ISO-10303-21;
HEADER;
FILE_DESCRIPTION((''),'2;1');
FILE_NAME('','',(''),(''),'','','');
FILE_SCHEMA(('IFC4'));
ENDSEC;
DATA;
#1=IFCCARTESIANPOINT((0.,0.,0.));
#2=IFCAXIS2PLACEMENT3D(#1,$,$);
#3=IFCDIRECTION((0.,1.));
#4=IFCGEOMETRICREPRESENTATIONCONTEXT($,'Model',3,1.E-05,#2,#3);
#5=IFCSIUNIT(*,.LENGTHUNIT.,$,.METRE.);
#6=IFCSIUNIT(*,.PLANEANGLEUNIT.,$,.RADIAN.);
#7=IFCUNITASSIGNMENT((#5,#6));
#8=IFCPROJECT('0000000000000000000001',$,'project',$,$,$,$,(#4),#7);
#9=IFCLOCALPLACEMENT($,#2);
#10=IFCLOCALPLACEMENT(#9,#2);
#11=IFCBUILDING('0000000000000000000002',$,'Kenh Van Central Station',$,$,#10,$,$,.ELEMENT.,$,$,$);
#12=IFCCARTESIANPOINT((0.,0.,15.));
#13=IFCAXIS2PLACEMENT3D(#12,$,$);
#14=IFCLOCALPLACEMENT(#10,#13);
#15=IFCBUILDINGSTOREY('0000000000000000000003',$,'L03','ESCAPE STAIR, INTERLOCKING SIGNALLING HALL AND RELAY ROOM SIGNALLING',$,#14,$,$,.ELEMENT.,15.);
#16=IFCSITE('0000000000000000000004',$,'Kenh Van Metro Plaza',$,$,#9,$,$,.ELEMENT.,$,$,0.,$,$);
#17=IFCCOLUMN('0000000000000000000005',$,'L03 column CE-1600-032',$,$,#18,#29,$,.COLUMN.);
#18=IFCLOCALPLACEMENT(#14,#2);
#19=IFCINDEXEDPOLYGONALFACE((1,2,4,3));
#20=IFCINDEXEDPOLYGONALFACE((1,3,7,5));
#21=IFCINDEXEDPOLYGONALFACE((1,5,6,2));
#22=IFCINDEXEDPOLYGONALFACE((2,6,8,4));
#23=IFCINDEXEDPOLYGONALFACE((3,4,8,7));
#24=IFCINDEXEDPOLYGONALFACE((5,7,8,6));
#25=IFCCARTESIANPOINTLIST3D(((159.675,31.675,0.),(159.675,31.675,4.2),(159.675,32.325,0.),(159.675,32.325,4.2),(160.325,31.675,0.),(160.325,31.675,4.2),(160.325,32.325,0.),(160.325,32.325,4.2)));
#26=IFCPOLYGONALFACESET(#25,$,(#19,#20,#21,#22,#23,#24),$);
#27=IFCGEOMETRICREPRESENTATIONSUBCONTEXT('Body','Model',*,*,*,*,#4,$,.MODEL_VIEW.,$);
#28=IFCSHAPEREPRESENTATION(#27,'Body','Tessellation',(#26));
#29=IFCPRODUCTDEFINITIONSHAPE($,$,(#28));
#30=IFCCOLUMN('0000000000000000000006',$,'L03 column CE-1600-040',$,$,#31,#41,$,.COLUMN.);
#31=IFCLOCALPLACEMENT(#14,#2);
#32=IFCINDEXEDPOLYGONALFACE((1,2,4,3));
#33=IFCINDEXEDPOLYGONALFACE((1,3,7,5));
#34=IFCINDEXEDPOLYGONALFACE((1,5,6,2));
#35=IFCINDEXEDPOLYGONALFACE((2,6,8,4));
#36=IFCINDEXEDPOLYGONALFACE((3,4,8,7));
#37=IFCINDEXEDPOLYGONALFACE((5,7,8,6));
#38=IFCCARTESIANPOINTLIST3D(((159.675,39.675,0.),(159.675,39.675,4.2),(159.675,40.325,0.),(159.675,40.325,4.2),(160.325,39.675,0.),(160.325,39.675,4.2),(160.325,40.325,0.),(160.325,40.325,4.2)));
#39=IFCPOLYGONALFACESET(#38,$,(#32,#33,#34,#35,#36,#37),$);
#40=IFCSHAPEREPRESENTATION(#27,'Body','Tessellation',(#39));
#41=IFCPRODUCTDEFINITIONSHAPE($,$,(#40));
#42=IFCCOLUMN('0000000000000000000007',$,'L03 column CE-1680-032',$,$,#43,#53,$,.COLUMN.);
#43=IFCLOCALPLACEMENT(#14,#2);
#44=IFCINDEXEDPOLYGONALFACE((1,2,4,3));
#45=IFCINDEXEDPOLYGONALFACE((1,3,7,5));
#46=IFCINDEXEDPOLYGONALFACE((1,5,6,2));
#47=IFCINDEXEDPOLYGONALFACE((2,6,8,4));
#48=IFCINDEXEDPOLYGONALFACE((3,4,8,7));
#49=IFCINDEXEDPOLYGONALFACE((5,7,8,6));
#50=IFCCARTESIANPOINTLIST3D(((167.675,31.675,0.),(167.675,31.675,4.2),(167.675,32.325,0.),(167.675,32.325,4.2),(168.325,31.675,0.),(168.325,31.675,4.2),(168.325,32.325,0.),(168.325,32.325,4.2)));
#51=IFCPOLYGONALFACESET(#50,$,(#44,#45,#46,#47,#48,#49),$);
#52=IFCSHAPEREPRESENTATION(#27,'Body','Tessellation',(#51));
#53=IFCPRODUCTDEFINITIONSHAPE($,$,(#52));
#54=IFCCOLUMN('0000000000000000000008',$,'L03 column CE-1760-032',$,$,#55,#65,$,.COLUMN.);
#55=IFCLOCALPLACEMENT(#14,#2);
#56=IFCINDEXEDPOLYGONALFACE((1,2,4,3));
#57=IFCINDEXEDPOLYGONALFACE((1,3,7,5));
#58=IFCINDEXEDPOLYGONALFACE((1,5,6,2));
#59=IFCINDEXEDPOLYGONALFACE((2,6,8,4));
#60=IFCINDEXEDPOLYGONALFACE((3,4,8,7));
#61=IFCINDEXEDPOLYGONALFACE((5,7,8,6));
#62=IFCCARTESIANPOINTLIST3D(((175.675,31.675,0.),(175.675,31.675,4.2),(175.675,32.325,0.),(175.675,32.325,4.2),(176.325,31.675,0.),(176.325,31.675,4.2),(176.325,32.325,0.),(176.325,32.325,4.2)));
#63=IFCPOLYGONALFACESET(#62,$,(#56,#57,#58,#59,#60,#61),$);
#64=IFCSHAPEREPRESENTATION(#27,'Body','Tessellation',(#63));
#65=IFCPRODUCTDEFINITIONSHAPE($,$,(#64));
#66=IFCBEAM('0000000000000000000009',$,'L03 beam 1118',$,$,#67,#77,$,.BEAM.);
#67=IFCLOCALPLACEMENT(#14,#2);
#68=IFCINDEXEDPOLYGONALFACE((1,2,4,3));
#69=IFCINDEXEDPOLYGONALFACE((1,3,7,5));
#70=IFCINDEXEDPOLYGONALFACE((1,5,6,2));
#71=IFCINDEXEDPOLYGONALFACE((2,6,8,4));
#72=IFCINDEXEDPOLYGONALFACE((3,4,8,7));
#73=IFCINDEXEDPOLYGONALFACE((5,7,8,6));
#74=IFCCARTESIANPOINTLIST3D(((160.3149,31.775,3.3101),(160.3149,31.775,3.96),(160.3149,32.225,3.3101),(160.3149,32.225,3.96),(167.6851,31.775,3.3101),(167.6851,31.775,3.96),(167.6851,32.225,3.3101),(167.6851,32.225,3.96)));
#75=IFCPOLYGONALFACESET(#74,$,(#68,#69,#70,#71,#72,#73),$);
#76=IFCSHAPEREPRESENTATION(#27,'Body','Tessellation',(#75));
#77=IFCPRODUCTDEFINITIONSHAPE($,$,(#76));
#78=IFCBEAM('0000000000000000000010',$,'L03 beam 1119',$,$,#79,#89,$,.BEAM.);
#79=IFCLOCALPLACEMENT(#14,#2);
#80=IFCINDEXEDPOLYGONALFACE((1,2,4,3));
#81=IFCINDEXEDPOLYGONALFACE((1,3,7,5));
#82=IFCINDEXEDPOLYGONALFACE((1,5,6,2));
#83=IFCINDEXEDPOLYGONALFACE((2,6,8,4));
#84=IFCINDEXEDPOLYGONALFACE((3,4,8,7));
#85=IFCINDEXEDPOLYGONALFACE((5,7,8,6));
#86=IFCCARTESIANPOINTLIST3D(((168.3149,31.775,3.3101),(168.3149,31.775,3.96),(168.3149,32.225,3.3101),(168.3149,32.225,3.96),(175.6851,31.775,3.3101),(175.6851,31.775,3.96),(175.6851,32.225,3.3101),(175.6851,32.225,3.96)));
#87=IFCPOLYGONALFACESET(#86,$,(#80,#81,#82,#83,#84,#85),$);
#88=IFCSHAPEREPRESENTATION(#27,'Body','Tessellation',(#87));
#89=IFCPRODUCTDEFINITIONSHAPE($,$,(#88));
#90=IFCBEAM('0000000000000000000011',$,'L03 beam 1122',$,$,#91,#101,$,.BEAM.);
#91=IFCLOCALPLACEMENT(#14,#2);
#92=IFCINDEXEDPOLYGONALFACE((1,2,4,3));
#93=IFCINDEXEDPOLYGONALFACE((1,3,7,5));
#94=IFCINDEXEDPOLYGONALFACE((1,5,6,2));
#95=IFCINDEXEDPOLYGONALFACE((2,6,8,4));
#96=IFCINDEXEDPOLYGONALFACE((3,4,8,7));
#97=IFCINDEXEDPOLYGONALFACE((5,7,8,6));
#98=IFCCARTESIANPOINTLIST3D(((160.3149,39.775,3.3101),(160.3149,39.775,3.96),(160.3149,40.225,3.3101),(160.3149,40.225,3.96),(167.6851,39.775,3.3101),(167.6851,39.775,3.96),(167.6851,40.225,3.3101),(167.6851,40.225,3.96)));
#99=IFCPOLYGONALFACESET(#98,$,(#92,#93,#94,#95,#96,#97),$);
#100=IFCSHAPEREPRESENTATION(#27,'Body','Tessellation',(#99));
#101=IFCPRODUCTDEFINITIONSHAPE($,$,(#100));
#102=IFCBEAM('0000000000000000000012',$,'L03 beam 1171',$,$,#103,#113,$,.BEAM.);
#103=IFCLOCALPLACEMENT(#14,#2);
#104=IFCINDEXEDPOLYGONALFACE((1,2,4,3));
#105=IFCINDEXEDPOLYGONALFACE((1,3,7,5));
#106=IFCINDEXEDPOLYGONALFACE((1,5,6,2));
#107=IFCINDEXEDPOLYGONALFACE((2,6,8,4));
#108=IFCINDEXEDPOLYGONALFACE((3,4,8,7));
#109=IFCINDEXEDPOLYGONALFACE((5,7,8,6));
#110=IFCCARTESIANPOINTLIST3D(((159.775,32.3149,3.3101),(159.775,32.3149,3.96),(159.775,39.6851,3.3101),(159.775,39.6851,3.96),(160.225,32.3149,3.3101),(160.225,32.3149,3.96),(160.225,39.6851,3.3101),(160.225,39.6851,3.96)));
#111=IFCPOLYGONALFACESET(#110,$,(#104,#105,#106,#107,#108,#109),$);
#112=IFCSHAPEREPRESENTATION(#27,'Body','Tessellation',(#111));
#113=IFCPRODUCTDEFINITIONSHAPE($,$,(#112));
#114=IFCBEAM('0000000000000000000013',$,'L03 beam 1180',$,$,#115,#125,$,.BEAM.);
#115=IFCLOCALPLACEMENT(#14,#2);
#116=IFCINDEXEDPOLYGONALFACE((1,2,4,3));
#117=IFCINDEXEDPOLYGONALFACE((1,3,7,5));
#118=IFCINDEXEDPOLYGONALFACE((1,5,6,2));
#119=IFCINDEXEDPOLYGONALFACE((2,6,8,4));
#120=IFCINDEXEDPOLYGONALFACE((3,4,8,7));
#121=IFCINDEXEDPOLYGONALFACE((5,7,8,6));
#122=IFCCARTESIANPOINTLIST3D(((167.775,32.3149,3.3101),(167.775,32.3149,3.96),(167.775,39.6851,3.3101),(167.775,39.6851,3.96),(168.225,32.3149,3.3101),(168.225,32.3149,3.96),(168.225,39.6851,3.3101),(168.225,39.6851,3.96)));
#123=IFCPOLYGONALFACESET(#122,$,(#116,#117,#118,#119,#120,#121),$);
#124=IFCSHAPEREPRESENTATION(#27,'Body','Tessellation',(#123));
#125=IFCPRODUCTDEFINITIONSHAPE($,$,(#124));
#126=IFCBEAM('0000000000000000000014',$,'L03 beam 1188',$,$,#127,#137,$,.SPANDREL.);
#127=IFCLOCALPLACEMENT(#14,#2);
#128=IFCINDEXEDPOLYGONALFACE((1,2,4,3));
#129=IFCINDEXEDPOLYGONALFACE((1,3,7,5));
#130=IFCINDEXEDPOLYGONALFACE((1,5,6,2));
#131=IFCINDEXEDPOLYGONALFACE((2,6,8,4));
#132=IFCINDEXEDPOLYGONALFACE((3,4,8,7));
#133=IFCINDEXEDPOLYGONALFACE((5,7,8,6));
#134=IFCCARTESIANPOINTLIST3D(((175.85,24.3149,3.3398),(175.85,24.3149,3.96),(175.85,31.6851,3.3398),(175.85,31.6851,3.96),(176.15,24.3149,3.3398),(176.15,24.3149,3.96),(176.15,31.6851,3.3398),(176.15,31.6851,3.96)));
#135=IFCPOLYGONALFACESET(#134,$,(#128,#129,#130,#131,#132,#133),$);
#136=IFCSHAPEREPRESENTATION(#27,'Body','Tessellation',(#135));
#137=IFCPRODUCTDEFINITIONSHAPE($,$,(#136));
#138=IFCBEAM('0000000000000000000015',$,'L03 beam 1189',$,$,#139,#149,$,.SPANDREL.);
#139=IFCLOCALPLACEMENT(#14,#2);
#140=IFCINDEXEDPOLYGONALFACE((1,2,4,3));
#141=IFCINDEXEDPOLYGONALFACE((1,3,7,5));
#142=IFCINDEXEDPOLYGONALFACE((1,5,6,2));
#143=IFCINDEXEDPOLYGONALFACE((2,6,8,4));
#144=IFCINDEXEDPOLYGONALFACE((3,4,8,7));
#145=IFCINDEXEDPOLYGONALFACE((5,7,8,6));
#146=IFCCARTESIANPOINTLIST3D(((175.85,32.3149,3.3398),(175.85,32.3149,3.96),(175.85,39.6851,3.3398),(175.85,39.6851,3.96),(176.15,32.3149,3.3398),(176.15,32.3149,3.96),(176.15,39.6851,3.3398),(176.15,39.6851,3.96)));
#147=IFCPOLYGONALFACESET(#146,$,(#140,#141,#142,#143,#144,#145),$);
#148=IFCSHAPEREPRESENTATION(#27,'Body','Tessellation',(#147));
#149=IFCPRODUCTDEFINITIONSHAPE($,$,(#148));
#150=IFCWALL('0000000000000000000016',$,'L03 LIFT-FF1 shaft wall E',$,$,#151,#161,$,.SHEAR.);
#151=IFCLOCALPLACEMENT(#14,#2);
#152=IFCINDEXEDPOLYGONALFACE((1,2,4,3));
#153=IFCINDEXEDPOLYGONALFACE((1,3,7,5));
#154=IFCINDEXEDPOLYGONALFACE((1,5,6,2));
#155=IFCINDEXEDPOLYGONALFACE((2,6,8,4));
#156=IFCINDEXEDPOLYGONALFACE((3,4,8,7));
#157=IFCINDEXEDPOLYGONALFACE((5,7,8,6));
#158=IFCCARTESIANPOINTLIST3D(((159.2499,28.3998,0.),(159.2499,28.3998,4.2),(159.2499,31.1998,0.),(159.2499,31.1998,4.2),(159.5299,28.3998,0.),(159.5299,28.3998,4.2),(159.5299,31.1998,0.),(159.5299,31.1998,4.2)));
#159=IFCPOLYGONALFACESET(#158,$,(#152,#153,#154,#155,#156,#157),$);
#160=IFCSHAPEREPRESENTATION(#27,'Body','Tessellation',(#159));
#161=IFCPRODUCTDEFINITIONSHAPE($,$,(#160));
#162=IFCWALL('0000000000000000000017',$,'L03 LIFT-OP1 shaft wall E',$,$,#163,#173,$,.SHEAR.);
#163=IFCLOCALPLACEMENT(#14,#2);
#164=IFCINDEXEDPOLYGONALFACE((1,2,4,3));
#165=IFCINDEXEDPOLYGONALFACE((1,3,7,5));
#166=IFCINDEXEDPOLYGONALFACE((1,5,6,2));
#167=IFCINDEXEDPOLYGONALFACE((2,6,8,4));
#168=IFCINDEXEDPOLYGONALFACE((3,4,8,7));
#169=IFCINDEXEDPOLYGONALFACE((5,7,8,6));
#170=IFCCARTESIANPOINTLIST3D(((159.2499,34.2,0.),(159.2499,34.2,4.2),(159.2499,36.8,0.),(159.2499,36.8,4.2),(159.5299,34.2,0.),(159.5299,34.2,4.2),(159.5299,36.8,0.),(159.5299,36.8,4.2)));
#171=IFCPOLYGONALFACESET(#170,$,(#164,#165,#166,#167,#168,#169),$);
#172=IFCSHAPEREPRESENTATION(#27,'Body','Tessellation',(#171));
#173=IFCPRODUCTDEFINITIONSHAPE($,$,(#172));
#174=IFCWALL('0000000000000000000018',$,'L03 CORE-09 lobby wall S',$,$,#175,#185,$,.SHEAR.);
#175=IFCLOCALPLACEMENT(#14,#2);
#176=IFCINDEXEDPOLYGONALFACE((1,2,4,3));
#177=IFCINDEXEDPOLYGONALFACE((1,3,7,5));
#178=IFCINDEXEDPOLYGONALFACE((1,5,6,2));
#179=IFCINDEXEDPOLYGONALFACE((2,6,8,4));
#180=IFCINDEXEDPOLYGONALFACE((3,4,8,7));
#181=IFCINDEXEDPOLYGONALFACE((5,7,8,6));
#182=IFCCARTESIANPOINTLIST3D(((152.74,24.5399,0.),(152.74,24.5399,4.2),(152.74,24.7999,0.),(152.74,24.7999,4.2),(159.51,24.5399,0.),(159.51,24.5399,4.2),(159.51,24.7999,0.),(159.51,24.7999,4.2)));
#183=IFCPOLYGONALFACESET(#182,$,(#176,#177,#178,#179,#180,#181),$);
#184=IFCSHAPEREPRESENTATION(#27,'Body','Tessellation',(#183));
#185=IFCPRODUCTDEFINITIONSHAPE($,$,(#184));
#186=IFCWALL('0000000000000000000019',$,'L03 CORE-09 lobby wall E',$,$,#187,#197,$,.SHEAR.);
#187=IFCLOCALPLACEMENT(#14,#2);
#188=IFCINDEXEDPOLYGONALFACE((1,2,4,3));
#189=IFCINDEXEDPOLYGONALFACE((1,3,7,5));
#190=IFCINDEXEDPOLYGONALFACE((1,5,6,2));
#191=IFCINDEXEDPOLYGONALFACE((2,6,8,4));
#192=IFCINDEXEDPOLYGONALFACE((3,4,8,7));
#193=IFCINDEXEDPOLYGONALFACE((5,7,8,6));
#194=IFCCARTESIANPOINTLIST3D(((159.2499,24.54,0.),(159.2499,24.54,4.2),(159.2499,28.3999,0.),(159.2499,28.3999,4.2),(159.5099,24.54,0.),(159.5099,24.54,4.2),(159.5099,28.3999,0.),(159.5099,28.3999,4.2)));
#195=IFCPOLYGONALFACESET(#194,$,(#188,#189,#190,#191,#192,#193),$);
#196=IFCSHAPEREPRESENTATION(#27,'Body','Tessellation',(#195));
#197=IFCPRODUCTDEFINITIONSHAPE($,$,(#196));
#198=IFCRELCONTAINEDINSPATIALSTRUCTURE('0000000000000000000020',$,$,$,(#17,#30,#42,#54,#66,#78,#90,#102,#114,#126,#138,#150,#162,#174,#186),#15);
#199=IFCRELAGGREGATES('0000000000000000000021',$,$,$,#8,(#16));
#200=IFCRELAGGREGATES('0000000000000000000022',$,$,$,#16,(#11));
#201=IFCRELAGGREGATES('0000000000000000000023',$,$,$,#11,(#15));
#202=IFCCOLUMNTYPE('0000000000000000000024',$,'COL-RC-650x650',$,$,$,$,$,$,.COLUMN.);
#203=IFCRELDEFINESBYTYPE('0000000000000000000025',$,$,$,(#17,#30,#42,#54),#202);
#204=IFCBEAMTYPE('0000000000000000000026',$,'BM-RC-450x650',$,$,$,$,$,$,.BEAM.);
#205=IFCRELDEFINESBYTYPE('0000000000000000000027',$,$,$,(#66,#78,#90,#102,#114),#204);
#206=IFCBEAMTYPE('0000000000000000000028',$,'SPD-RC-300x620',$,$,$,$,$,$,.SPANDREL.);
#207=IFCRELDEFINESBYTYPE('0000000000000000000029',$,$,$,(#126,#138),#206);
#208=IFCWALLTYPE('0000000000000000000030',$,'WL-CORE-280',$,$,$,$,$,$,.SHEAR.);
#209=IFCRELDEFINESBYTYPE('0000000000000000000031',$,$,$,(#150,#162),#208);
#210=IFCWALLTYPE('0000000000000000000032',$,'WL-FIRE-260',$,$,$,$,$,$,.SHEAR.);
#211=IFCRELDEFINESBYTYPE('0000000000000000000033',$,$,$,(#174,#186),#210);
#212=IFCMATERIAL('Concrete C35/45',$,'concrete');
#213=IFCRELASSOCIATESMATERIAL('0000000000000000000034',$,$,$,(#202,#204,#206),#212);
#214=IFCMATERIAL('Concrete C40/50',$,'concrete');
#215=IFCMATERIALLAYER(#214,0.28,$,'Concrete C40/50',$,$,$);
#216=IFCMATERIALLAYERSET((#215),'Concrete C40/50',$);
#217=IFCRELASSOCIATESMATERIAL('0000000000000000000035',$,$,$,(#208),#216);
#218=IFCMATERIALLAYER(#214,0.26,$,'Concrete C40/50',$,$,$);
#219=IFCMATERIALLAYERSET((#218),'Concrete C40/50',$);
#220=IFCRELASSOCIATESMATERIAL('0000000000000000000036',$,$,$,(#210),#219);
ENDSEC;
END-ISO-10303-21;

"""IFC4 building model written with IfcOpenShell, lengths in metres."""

from ifc_helpers import new_model, si_unit, direction, frame, frame_2d, origin, origin_2d, place, context, subcontext, project, spatial, rectangle, extrude, material, layer, layer_set, material_profile, profile_set, type_object, element, save


model = new_model("IFC4")

# Units and contexts
model_context = context("Model", 3, precision=1e-05, world=origin(), true_north=direction((0.0, 1.0)))
body_context = subcontext(model_context, "Body", "Model", "MODEL_VIEW")
ifc_project = project(units=[si_unit("LENGTHUNIT", "METRE"), si_unit("PLANEANGLEUNIT", "RADIAN")], contexts=[model_context])

# Site, building, storey
site_placement = place(None, origin())
site = spatial("IfcSite", under=ifc_project, at=site_placement, Name="Kenh Van Metro Plaza", CompositionType="ELEMENT", RefElevation=0.0)
building_placement = place(site_placement, origin())
building = spatial("IfcBuilding", under=site, at=building_placement, Name="Kenh Van Central Station", CompositionType="ELEMENT")
storey_placement = place(building_placement, frame((0.0, 0.0, 15.0)))
storey = spatial("IfcBuildingStorey", under=building, at=storey_placement, Name="L03", Description="ESCAPE STAIR, INTERLOCKING SIGNALLING HALL AND RELAY ROOM SIGNALLING", CompositionType="ELEMENT", Elevation=15.0)

# Columns
ifc_material_1 = material(Name="Concrete C35/45", Category="concrete")
ifc_material_profile_1 = material_profile(ifc_material_1, rectangle(XDim=0.6499, YDim=0.6499, at=origin_2d()), Name="RC 650x650")
ifc_profile_set_1 = profile_set([ifc_material_profile_1], Name="Concrete C35/45")
column_type = type_object("IfcColumnType", Name="COL-RC-650x650", PredefinedType="COLUMN", material=ifc_profile_set_1)
for number, where, z_axis, x_axis, name in (
    (1, (160.0, 32.0, 0.0), (0.0, 0.0, 1.0), (1.0, 0.0, 0.0), "L03 column CE-1600-032"),
    (2, (160.0, 40.0, 0.0), (0.0, 0.0, 1.0), (1.0, 0.0, 0.0), "L03 column CE-1600-040"),
    (3, (168.0, 32.0, 0.0), (0.0, 0.0, 1.0), (1.0, 0.0, 0.0), "L03 column CE-1680-032"),
    (4, (176.0, 32.0, 0.0), (0.0, 0.0, 1.0), (1.0, 0.0, 0.0), "L03 column CE-1760-032"),
):
    element("IfcColumn", number, at=place(storey_placement, frame(where, z_axis=z_axis, x_axis=x_axis)), inside=storey, type_object=column_type, Name=name, PredefinedType="COLUMN", context=body_context, shape_type="SweptSolid", body=[
        extrude(rectangle(XDim=0.6499, YDim=0.6499, at=origin_2d()), origin(), (0.0, 0.0, 1.0), 4.2),
    ])

# Beams
ifc_material_profile_2 = material_profile(ifc_material_1, rectangle(XDim=0.45, YDim=0.6499, at=origin_2d()), Name="RC 450x650")
ifc_profile_set_2 = profile_set([ifc_material_profile_2], Name="Concrete C35/45")
beam_type_1 = type_object("IfcBeamType", Name="BM-RC-450x650", PredefinedType="BEAM", material=ifc_profile_set_2)
for number, where, z_axis, x_axis, name in (
    (5, (160.3149, 32.0, 3.635), (1.0, 0.0, 0.0), (0.0, 1.0, 0.0), "L03 beam 1118"),
    (6, (168.3149, 32.0, 3.635), (1.0, 0.0, 0.0), (0.0, 1.0, 0.0), "L03 beam 1119"),
    (7, (160.3149, 40.0, 3.635), (1.0, 0.0, 0.0), (0.0, 1.0, 0.0), "L03 beam 1122"),
    (8, (160.0, 32.3149, 3.635), (0.0, 1.0, 0.0), (-1.0, 0.0, 0.0), "L03 beam 1171"),
    (9, (168.0, 32.3149, 3.635), (0.0, 1.0, 0.0), (-1.0, 0.0, 0.0), "L03 beam 1180"),
):
    element("IfcBeam", number, at=place(storey_placement, frame(where, z_axis=z_axis, x_axis=x_axis)), inside=storey, type_object=beam_type_1, Name=name, PredefinedType="BEAM", context=body_context, shape_type="SweptSolid", body=[
        extrude(rectangle(XDim=0.45, YDim=0.6499, at=origin_2d()), origin(), (0.0, 0.0, 1.0), 7.3701),
    ])
ifc_material_profile_3 = material_profile(ifc_material_1, rectangle(XDim=0.3, YDim=0.6201, at=origin_2d()), Name="RC 300x620")
ifc_profile_set_3 = profile_set([ifc_material_profile_3], Name="Concrete C35/45")
beam_type_2 = type_object("IfcBeamType", Name="SPD-RC-300x620", PredefinedType="SPANDREL", material=ifc_profile_set_3)
for number, where, z_axis, x_axis, name in (
    (10, (176.0, 24.3149, 3.6499), (0.0, 1.0, 0.0), (-1.0, 0.0, 0.0), "L03 beam 1188"),
    (11, (176.0, 32.3149, 3.6499), (0.0, 1.0, 0.0), (-1.0, 0.0, 0.0), "L03 beam 1189"),
):
    element("IfcBeam", number, at=place(storey_placement, frame(where, z_axis=z_axis, x_axis=x_axis)), inside=storey, type_object=beam_type_2, Name=name, PredefinedType="SPANDREL", context=body_context, shape_type="SweptSolid", body=[
        extrude(rectangle(XDim=0.3, YDim=0.6201, at=origin_2d()), origin(), (0.0, 0.0, 1.0), 7.3701),
    ])

# Wall
ifc_material_2 = material(Name="Concrete C40/50", Category="concrete")
ifc_layer_1 = layer(ifc_material_2, 0.28, Name="Concrete C40/50")
ifc_layer_set_1 = layer_set([ifc_layer_1], Name="Concrete C40/50")
wall_type_1 = type_object("IfcWallType", Name="WL-CORE-280", PredefinedType="SHEAR", material=ifc_layer_set_1)
wall_1_placement = place(storey_placement, frame((159.3899, 28.3999, 0.0), z_axis=(0.0, 0.0, 1.0), x_axis=(0.0, 1.0, 0.0)))
element("IfcWall", 12, at=wall_1_placement, inside=storey, type_object=wall_type_1, Name="L03 LIFT-FF1 shaft wall E", PredefinedType="SHEAR", context=body_context, shape_type="SweptSolid", body=[
    extrude(rectangle(XDim=2.8, YDim=0.28, at=frame_2d((1.3999, 0.0))), origin(), (0.0, 0.0, 1.0), 4.2),
])

# Walls
wall_2_placement = place(storey_placement, frame((159.3899, 34.2, 0.0), z_axis=(0.0, 0.0, 1.0), x_axis=(0.0, 1.0, 0.0)))
element("IfcWall", 13, at=wall_2_placement, inside=storey, type_object=wall_type_1, Name="L03 LIFT-OP1 shaft wall E", PredefinedType="SHEAR", context=body_context, shape_type="SweptSolid", body=[
    extrude(rectangle(XDim=2.6001, YDim=0.28, at=frame_2d((1.3, 0.0))), origin(), (0.0, 0.0, 1.0), 4.2),
])
ifc_layer_2 = layer(ifc_material_2, 0.26, Name="Concrete C40/50")
ifc_layer_set_2 = layer_set([ifc_layer_2], Name="Concrete C40/50")
wall_type_2 = type_object("IfcWallType", Name="WL-FIRE-260", PredefinedType="SHEAR", material=ifc_layer_set_2)
wall_3_placement = place(storey_placement, frame((159.51, 24.6699, 0.0), z_axis=(0.0, 0.0, 1.0), x_axis=(-1.0, 0.0, 0.0)))
element("IfcWall", 14, at=wall_3_placement, inside=storey, type_object=wall_type_2, Name="L03 CORE-09 lobby wall S", PredefinedType="SHEAR", context=body_context, shape_type="SweptSolid", body=[
    extrude(rectangle(XDim=6.77, YDim=0.26, at=frame_2d((3.385, 0.0))), origin(), (0.0, 0.0, 1.0), 4.2),
])
wall_4_placement = place(storey_placement, frame((159.3799, 24.54, 0.0), z_axis=(0.0, 0.0, 1.0), x_axis=(0.0, 1.0, 0.0)))
element("IfcWall", 15, at=wall_4_placement, inside=storey, type_object=wall_type_2, Name="L03 CORE-09 lobby wall E", PredefinedType="SHEAR", context=body_context, shape_type="SweptSolid", body=[
    extrude(rectangle(XDim=3.8599, YDim=0.26, at=frame_2d((1.9299, 0.0))), origin(), (0.0, 0.0, 1.0), 4.2),
])

save(model, "model.ifc")
